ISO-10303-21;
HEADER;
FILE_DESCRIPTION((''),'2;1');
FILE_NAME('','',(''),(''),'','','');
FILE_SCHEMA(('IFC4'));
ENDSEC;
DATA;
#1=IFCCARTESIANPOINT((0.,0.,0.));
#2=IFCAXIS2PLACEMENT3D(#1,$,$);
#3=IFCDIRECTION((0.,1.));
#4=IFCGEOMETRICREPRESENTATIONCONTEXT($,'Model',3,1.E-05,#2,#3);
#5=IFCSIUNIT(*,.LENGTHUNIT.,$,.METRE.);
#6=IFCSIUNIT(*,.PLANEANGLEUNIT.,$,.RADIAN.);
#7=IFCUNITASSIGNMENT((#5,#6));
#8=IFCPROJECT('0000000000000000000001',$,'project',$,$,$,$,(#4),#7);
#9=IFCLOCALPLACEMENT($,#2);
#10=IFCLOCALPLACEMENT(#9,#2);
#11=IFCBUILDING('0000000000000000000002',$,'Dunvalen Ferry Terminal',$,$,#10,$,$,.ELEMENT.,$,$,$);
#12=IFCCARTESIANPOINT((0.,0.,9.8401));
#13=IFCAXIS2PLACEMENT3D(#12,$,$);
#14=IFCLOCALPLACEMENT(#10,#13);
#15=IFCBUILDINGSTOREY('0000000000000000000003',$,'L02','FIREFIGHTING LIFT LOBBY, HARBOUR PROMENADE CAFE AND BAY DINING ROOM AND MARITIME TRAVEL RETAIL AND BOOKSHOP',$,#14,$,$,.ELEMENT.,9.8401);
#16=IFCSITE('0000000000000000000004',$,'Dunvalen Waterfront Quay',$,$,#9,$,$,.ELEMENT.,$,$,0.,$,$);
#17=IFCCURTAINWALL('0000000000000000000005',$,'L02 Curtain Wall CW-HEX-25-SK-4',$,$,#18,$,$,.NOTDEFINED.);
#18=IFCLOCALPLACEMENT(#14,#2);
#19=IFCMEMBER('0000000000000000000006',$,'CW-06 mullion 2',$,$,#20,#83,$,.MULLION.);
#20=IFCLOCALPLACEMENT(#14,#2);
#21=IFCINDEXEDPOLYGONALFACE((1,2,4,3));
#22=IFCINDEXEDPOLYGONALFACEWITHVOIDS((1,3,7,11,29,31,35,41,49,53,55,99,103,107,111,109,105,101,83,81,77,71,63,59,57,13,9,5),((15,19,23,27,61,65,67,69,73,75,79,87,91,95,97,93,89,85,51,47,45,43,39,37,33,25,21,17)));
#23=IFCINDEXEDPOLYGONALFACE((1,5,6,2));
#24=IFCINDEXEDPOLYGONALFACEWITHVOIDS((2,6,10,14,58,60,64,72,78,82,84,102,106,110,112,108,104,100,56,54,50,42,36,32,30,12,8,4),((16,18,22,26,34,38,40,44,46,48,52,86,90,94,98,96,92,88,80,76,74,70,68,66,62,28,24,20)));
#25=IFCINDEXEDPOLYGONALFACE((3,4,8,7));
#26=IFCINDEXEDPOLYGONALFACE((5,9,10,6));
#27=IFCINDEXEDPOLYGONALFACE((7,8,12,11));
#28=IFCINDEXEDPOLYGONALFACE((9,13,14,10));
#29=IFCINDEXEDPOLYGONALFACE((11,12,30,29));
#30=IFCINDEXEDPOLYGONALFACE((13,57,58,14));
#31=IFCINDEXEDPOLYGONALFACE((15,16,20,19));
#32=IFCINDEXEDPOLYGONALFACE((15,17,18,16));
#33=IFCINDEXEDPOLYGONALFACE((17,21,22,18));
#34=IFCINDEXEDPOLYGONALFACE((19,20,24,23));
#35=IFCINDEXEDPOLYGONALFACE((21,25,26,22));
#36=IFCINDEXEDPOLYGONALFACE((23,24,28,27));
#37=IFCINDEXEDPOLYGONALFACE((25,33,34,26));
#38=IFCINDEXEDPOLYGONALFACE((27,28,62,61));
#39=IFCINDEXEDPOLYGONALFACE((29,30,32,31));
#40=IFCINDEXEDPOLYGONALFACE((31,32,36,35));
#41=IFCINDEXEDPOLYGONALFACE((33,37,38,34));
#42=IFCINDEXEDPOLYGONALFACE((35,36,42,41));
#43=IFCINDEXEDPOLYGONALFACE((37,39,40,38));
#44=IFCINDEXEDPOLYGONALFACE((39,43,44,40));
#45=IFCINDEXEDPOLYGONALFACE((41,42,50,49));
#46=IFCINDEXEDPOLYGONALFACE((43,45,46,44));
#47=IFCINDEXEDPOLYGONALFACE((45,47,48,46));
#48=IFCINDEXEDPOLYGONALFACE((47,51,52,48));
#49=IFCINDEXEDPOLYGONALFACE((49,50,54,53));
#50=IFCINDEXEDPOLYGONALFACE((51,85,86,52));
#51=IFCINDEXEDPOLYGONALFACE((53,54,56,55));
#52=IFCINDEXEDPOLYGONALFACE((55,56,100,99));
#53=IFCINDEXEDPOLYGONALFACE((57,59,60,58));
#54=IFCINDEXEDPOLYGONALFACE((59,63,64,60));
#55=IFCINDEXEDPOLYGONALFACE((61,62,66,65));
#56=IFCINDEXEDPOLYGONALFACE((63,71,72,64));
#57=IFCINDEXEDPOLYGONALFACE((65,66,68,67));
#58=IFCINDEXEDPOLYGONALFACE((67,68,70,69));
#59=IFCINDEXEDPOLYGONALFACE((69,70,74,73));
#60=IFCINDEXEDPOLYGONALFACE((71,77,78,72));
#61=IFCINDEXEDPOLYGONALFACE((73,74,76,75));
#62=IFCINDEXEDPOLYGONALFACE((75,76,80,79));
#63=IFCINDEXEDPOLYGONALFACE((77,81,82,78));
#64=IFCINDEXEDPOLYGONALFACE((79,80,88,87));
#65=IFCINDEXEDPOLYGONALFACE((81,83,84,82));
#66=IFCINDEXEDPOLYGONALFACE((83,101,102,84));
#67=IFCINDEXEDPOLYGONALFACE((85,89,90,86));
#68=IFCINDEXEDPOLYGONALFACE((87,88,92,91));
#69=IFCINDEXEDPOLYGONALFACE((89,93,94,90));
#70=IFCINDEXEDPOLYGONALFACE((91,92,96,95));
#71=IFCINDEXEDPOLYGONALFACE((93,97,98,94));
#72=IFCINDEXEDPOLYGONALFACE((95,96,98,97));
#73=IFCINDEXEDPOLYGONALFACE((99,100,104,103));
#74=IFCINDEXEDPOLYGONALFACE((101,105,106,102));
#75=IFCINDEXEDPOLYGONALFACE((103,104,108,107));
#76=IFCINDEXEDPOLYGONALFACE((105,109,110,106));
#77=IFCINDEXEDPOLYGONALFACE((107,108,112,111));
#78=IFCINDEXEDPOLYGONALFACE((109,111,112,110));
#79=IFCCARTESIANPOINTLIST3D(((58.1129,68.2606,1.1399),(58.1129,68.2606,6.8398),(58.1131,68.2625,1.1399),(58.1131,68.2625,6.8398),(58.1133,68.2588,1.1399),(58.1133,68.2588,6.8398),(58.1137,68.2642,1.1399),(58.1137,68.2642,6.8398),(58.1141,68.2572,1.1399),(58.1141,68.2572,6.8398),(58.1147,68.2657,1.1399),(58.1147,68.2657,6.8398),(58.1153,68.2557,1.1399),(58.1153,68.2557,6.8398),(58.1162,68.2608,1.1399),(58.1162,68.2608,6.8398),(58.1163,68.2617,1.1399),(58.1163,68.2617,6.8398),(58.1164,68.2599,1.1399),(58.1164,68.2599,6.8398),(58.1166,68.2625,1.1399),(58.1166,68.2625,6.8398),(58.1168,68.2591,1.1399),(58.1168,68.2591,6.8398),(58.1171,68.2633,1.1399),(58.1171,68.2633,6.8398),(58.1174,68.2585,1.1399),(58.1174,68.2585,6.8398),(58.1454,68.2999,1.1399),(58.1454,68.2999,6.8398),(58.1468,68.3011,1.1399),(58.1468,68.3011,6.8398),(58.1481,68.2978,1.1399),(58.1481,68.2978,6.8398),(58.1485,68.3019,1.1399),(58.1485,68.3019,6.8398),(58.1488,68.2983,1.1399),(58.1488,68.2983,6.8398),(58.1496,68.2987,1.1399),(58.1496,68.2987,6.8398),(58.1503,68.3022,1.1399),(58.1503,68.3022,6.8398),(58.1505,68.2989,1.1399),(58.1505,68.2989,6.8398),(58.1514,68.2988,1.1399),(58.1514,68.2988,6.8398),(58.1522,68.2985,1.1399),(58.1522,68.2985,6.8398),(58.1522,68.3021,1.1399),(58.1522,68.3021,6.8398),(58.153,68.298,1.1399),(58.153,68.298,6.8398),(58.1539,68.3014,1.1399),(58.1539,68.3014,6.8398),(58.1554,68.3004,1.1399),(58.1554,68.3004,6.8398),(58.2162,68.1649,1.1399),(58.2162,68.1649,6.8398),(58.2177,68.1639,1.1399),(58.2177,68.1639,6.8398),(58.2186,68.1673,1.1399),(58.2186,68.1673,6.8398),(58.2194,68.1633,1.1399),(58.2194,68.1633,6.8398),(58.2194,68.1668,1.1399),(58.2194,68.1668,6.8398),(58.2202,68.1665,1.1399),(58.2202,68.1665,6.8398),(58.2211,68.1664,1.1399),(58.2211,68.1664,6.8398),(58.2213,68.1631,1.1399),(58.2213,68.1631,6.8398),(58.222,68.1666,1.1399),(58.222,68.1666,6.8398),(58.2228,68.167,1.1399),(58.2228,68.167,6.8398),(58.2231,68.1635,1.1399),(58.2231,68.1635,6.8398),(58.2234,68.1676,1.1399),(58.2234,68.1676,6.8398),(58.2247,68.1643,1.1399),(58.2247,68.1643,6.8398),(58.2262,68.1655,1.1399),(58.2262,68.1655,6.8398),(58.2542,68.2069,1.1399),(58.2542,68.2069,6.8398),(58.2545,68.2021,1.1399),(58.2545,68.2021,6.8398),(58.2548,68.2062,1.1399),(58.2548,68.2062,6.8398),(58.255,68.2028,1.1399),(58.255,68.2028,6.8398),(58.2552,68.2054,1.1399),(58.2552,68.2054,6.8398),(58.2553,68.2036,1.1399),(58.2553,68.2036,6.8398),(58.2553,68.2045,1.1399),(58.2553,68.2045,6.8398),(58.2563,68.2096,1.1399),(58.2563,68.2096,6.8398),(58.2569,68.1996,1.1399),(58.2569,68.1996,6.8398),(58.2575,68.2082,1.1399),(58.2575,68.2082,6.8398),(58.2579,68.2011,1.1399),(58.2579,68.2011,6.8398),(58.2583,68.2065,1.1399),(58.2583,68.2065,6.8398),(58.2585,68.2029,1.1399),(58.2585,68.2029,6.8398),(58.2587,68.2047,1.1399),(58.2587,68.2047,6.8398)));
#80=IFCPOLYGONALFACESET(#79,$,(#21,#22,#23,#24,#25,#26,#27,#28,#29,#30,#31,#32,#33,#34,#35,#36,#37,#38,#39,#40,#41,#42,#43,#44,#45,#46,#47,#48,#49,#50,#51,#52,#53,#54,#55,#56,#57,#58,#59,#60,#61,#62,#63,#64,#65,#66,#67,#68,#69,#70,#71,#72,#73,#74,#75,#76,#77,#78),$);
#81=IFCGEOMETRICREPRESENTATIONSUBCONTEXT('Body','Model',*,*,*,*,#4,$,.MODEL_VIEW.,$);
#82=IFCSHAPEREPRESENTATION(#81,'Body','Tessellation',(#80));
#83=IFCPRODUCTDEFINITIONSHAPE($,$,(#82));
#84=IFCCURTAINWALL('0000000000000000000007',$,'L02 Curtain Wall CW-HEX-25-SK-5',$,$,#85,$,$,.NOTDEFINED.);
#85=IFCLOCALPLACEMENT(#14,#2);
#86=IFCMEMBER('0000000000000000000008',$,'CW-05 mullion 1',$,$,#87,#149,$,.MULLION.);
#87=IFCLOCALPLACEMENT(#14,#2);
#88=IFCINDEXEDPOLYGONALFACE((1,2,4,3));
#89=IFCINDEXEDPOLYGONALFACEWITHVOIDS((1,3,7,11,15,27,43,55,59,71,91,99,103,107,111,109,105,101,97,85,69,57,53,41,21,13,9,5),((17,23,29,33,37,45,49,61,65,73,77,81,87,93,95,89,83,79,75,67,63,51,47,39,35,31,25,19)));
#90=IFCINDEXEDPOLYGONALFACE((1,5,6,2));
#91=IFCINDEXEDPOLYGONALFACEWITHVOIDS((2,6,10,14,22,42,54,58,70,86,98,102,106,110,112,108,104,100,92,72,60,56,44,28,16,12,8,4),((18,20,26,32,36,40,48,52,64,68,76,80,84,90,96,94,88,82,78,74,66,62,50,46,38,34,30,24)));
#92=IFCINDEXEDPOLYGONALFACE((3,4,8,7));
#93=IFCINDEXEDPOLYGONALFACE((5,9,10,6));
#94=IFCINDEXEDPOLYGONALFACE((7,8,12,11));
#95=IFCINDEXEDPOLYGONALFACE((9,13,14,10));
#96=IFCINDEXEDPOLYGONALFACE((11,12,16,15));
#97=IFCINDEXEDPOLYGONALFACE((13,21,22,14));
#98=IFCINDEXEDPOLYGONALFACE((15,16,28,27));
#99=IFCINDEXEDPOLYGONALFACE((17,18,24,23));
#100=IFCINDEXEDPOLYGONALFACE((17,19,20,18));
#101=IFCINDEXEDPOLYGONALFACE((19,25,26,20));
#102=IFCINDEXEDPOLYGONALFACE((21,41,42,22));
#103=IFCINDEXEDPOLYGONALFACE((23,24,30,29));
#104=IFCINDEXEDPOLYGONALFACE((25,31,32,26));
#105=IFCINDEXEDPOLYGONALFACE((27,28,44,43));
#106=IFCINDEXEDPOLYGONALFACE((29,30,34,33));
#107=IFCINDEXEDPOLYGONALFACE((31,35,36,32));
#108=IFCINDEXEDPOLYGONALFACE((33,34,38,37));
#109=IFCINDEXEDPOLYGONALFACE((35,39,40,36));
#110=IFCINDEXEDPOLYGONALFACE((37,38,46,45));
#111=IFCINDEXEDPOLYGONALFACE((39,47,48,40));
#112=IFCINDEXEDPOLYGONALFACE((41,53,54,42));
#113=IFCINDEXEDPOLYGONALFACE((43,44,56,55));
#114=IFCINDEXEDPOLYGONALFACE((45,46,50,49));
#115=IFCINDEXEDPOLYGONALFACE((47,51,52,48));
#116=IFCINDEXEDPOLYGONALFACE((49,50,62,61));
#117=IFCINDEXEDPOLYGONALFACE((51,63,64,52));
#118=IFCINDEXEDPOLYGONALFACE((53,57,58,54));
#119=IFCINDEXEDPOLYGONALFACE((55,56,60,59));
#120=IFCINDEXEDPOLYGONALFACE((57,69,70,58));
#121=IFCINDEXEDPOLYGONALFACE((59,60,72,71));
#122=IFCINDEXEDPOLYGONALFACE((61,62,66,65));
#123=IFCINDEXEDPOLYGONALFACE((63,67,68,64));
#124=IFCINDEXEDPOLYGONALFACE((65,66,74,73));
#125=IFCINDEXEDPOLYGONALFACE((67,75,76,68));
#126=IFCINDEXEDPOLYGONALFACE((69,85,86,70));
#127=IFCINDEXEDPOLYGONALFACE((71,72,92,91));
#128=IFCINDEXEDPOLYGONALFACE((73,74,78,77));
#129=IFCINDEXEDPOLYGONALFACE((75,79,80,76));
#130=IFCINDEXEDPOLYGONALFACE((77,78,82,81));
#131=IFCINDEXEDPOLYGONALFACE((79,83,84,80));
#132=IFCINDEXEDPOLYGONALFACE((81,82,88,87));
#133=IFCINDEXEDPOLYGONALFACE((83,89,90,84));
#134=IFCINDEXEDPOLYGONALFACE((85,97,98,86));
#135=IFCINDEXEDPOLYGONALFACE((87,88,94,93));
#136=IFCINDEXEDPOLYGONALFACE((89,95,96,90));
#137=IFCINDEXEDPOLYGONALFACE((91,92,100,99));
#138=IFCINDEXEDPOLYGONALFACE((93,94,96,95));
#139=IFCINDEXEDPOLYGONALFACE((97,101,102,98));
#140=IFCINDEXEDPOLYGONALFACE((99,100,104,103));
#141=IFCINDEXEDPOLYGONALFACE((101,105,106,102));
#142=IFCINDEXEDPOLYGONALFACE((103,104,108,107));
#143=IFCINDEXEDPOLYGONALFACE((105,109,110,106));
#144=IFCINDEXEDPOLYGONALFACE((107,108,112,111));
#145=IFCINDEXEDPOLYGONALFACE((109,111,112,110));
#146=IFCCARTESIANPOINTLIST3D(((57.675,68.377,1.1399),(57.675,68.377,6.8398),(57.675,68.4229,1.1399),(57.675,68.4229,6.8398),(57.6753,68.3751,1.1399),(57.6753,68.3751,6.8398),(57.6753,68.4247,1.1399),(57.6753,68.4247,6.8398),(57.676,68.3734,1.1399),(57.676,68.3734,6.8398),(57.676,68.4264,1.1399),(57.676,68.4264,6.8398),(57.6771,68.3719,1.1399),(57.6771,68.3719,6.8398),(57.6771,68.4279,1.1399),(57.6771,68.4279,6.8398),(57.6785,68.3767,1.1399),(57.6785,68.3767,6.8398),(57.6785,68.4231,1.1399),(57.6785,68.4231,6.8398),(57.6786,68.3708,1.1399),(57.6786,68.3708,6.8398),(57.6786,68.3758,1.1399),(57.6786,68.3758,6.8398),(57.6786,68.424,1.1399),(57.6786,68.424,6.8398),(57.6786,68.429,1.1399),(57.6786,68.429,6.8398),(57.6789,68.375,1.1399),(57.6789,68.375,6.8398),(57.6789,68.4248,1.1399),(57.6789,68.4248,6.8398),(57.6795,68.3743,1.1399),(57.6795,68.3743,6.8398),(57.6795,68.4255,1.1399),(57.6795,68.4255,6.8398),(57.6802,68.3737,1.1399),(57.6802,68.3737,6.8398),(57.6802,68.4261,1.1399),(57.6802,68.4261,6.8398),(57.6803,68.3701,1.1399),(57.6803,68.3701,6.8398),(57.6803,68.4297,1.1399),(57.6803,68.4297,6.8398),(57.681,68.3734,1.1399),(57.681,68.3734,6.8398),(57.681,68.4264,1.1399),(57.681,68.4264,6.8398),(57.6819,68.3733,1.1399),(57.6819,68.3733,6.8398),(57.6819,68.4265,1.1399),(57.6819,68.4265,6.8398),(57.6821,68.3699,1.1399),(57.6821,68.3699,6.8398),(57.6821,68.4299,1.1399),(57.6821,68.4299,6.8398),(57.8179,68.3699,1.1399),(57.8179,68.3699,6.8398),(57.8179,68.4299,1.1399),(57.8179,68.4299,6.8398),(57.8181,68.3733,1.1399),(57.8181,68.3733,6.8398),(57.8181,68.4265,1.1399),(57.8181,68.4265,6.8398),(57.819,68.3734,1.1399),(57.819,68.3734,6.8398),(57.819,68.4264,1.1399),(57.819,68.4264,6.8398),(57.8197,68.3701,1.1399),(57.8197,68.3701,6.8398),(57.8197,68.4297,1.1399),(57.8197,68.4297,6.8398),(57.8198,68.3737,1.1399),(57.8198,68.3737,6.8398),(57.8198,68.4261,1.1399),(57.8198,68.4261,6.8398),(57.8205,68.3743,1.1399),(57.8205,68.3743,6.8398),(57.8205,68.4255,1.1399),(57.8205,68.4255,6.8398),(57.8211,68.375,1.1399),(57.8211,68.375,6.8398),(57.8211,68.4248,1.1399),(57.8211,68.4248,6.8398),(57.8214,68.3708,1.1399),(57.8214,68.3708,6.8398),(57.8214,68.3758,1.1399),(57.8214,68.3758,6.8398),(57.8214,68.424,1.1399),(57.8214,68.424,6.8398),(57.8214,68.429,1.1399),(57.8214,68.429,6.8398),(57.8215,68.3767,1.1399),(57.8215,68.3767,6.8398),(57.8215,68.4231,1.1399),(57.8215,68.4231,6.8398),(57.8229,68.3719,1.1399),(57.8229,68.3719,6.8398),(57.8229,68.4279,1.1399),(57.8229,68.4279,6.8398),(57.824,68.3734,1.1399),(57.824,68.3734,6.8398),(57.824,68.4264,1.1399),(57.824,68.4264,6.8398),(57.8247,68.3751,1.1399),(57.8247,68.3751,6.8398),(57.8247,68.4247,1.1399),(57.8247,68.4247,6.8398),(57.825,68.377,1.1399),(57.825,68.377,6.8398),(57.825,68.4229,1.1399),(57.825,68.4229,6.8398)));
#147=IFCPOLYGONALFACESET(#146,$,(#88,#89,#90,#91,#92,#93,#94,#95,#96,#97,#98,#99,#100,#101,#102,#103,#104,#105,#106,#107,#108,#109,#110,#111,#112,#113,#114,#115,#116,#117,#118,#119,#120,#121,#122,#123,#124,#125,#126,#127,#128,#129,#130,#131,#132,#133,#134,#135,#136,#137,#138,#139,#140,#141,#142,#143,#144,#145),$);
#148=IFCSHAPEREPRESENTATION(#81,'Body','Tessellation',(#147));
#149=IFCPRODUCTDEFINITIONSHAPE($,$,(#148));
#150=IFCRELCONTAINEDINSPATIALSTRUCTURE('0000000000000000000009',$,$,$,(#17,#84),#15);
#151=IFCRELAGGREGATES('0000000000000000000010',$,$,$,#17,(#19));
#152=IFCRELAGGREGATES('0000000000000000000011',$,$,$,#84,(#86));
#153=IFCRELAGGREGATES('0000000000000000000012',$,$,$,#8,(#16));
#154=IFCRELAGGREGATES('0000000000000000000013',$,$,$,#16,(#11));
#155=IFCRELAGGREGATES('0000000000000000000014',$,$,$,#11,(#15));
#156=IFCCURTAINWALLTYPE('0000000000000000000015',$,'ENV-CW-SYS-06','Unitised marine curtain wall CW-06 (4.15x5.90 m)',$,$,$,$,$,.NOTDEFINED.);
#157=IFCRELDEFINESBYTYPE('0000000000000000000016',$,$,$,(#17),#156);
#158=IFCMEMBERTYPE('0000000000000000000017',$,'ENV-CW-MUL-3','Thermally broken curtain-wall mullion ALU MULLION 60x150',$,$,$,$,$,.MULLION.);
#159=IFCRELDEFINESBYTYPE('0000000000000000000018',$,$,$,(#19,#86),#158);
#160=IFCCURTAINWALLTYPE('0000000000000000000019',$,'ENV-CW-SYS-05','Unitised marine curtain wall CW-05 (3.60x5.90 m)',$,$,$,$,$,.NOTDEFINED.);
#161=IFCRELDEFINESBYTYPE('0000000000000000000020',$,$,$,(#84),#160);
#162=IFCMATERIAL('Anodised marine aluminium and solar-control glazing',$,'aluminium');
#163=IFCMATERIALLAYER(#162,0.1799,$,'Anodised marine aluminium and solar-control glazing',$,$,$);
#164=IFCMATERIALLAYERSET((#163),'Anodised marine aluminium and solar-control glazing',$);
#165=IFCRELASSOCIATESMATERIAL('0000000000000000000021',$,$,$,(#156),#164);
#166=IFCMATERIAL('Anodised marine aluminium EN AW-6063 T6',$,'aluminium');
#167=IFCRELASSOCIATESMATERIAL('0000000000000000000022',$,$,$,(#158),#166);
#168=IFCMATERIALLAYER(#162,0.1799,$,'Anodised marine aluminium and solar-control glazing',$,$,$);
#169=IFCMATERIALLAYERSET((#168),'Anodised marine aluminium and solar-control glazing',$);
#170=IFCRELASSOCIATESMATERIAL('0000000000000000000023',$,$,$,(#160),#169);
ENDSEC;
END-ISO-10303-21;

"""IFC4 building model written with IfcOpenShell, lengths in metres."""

from ifc_helpers import new_model, si_unit, direction, frame, origin, origin_2d, place, context, subcontext, project, spatial, hollow_rectangle, extrude, material, layer, layer_set, material_profile, profile_set, type_object, element, aggregate, save


model = new_model("IFC4")

# Units and contexts
model_context = context("Model", 3, precision=1e-05, world=origin(), true_north=direction((0.0, 1.0)))
body_context = subcontext(model_context, "Body", "Model", "MODEL_VIEW")
ifc_project = project(units=[si_unit("LENGTHUNIT", "METRE"), si_unit("PLANEANGLEUNIT", "RADIAN")], contexts=[model_context])

# Site, building, storey
site_placement = place(None, origin())
site = spatial("IfcSite", under=ifc_project, at=site_placement, Name="Dunvalen Waterfront Quay", CompositionType="ELEMENT", RefElevation=0.0)
building_placement = place(site_placement, origin())
building = spatial("IfcBuilding", under=site, at=building_placement, Name="Dunvalen Ferry Terminal", CompositionType="ELEMENT")
storey_placement = place(building_placement, frame((0.0, 0.0, 9.8401)))
storey = spatial("IfcBuildingStorey", under=building, at=storey_placement, Name="L02", Description="FIREFIGHTING LIFT LOBBY, HARBOUR PROMENADE CAFE AND BAY DINING ROOM AND MARITIME TRAVEL RETAIL AND BOOKSHOP", CompositionType="ELEMENT", Elevation=9.8401)

# Curtain wall, member
ifc_material_1 = material(Name="Anodised marine aluminium and solar-control glazing", Category="aluminium")
ifc_layer_1 = layer(ifc_material_1, 0.1799, Name="Anodised marine aluminium and solar-control glazing")
ifc_layer_set_1 = layer_set([ifc_layer_1], Name="Anodised marine aluminium and solar-control glazing")
curtain_wall_type_1 = type_object("IfcCurtainWallType", Name="ENV-CW-SYS-06", Description="Unitised marine curtain wall CW-06 (4.15x5.90 m)", PredefinedType="NOTDEFINED", material=ifc_layer_set_1)
curtain_wall_1_placement = place(storey_placement, origin())
curtain_wall_1 = element("IfcCurtainWall", 1, at=curtain_wall_1_placement, inside=storey, type_object=curtain_wall_type_1, Name="L02 Curtain Wall CW-HEX-25-SK-4", PredefinedType="NOTDEFINED")
ifc_material_2 = material(Name="Anodised marine aluminium EN AW-6063 T6", Category="aluminium")
ifc_material_profile_1 = material_profile(ifc_material_2, hollow_rectangle(XDim=0.0601, YDim=0.1499, WallThickness=0.0034, InnerFilletRadius=0.0034, OuterFilletRadius=0.0071, at=origin_2d()), Name="Anodised marine aluminium EN AW-6063 T6")
ifc_profile_set_1 = profile_set([ifc_material_profile_1], Name="Anodised marine aluminium EN AW-6063 T6")
member_type_1 = type_object("IfcMemberType", Name="ENV-CW-MUL-3", Description="Thermally broken curtain-wall mullion ALU MULLION 60x150", PredefinedType="MULLION", material=ifc_profile_set_1)
member_1_placement = place(storey_placement, frame((58.1858, 68.2327, 1.1399), z_axis=(0.0, 0.0, 1.0), x_axis=(-0.668954, -0.743304, 0.0)))
member_1 = element("IfcMember", 2, at=member_1_placement, type_object=member_type_1, Name="CW-06 mullion 2", PredefinedType="MULLION", context=body_context, shape_type="SweptSolid", body=[
    extrude(hollow_rectangle(XDim=0.0601, YDim=0.1499, WallThickness=0.0034, InnerFilletRadius=0.0034, OuterFilletRadius=0.0071, at=origin_2d()), origin(), (0.0, 0.0, 1.0), 5.7),
])

# Curtain wall, member
ifc_layer_2 = layer(ifc_material_1, 0.1799, Name="Anodised marine aluminium and solar-control glazing")
ifc_layer_set_2 = layer_set([ifc_layer_2], Name="Anodised marine aluminium and solar-control glazing")
curtain_wall_type_2 = type_object("IfcCurtainWallType", Name="ENV-CW-SYS-05", Description="Unitised marine curtain wall CW-05 (3.60x5.90 m)", PredefinedType="NOTDEFINED", material=ifc_layer_set_2)
curtain_wall_2_placement = place(storey_placement, origin())
curtain_wall_2 = element("IfcCurtainWall", 3, at=curtain_wall_2_placement, inside=storey, type_object=curtain_wall_type_2, Name="L02 Curtain Wall CW-HEX-25-SK-5", PredefinedType="NOTDEFINED")
member_2_placement = place(storey_placement, frame((57.75, 68.3999, 1.1399), z_axis=(0.0, 0.0, 1.0), x_axis=(0.0, -1.0, 0.0)))
member_2 = element("IfcMember", 4, at=member_2_placement, type_object=member_type_1, Name="CW-05 mullion 1", PredefinedType="MULLION", context=body_context, shape_type="SweptSolid", body=[
    extrude(hollow_rectangle(XDim=0.0601, YDim=0.1499, WallThickness=0.0034, InnerFilletRadius=0.0034, OuterFilletRadius=0.0071, at=origin_2d()), origin(), (0.0, 0.0, 1.0), 5.7),
])

aggregate(curtain_wall_1, [member_1])
aggregate(curtain_wall_2, [member_2])

save(model, "model.ifc")
